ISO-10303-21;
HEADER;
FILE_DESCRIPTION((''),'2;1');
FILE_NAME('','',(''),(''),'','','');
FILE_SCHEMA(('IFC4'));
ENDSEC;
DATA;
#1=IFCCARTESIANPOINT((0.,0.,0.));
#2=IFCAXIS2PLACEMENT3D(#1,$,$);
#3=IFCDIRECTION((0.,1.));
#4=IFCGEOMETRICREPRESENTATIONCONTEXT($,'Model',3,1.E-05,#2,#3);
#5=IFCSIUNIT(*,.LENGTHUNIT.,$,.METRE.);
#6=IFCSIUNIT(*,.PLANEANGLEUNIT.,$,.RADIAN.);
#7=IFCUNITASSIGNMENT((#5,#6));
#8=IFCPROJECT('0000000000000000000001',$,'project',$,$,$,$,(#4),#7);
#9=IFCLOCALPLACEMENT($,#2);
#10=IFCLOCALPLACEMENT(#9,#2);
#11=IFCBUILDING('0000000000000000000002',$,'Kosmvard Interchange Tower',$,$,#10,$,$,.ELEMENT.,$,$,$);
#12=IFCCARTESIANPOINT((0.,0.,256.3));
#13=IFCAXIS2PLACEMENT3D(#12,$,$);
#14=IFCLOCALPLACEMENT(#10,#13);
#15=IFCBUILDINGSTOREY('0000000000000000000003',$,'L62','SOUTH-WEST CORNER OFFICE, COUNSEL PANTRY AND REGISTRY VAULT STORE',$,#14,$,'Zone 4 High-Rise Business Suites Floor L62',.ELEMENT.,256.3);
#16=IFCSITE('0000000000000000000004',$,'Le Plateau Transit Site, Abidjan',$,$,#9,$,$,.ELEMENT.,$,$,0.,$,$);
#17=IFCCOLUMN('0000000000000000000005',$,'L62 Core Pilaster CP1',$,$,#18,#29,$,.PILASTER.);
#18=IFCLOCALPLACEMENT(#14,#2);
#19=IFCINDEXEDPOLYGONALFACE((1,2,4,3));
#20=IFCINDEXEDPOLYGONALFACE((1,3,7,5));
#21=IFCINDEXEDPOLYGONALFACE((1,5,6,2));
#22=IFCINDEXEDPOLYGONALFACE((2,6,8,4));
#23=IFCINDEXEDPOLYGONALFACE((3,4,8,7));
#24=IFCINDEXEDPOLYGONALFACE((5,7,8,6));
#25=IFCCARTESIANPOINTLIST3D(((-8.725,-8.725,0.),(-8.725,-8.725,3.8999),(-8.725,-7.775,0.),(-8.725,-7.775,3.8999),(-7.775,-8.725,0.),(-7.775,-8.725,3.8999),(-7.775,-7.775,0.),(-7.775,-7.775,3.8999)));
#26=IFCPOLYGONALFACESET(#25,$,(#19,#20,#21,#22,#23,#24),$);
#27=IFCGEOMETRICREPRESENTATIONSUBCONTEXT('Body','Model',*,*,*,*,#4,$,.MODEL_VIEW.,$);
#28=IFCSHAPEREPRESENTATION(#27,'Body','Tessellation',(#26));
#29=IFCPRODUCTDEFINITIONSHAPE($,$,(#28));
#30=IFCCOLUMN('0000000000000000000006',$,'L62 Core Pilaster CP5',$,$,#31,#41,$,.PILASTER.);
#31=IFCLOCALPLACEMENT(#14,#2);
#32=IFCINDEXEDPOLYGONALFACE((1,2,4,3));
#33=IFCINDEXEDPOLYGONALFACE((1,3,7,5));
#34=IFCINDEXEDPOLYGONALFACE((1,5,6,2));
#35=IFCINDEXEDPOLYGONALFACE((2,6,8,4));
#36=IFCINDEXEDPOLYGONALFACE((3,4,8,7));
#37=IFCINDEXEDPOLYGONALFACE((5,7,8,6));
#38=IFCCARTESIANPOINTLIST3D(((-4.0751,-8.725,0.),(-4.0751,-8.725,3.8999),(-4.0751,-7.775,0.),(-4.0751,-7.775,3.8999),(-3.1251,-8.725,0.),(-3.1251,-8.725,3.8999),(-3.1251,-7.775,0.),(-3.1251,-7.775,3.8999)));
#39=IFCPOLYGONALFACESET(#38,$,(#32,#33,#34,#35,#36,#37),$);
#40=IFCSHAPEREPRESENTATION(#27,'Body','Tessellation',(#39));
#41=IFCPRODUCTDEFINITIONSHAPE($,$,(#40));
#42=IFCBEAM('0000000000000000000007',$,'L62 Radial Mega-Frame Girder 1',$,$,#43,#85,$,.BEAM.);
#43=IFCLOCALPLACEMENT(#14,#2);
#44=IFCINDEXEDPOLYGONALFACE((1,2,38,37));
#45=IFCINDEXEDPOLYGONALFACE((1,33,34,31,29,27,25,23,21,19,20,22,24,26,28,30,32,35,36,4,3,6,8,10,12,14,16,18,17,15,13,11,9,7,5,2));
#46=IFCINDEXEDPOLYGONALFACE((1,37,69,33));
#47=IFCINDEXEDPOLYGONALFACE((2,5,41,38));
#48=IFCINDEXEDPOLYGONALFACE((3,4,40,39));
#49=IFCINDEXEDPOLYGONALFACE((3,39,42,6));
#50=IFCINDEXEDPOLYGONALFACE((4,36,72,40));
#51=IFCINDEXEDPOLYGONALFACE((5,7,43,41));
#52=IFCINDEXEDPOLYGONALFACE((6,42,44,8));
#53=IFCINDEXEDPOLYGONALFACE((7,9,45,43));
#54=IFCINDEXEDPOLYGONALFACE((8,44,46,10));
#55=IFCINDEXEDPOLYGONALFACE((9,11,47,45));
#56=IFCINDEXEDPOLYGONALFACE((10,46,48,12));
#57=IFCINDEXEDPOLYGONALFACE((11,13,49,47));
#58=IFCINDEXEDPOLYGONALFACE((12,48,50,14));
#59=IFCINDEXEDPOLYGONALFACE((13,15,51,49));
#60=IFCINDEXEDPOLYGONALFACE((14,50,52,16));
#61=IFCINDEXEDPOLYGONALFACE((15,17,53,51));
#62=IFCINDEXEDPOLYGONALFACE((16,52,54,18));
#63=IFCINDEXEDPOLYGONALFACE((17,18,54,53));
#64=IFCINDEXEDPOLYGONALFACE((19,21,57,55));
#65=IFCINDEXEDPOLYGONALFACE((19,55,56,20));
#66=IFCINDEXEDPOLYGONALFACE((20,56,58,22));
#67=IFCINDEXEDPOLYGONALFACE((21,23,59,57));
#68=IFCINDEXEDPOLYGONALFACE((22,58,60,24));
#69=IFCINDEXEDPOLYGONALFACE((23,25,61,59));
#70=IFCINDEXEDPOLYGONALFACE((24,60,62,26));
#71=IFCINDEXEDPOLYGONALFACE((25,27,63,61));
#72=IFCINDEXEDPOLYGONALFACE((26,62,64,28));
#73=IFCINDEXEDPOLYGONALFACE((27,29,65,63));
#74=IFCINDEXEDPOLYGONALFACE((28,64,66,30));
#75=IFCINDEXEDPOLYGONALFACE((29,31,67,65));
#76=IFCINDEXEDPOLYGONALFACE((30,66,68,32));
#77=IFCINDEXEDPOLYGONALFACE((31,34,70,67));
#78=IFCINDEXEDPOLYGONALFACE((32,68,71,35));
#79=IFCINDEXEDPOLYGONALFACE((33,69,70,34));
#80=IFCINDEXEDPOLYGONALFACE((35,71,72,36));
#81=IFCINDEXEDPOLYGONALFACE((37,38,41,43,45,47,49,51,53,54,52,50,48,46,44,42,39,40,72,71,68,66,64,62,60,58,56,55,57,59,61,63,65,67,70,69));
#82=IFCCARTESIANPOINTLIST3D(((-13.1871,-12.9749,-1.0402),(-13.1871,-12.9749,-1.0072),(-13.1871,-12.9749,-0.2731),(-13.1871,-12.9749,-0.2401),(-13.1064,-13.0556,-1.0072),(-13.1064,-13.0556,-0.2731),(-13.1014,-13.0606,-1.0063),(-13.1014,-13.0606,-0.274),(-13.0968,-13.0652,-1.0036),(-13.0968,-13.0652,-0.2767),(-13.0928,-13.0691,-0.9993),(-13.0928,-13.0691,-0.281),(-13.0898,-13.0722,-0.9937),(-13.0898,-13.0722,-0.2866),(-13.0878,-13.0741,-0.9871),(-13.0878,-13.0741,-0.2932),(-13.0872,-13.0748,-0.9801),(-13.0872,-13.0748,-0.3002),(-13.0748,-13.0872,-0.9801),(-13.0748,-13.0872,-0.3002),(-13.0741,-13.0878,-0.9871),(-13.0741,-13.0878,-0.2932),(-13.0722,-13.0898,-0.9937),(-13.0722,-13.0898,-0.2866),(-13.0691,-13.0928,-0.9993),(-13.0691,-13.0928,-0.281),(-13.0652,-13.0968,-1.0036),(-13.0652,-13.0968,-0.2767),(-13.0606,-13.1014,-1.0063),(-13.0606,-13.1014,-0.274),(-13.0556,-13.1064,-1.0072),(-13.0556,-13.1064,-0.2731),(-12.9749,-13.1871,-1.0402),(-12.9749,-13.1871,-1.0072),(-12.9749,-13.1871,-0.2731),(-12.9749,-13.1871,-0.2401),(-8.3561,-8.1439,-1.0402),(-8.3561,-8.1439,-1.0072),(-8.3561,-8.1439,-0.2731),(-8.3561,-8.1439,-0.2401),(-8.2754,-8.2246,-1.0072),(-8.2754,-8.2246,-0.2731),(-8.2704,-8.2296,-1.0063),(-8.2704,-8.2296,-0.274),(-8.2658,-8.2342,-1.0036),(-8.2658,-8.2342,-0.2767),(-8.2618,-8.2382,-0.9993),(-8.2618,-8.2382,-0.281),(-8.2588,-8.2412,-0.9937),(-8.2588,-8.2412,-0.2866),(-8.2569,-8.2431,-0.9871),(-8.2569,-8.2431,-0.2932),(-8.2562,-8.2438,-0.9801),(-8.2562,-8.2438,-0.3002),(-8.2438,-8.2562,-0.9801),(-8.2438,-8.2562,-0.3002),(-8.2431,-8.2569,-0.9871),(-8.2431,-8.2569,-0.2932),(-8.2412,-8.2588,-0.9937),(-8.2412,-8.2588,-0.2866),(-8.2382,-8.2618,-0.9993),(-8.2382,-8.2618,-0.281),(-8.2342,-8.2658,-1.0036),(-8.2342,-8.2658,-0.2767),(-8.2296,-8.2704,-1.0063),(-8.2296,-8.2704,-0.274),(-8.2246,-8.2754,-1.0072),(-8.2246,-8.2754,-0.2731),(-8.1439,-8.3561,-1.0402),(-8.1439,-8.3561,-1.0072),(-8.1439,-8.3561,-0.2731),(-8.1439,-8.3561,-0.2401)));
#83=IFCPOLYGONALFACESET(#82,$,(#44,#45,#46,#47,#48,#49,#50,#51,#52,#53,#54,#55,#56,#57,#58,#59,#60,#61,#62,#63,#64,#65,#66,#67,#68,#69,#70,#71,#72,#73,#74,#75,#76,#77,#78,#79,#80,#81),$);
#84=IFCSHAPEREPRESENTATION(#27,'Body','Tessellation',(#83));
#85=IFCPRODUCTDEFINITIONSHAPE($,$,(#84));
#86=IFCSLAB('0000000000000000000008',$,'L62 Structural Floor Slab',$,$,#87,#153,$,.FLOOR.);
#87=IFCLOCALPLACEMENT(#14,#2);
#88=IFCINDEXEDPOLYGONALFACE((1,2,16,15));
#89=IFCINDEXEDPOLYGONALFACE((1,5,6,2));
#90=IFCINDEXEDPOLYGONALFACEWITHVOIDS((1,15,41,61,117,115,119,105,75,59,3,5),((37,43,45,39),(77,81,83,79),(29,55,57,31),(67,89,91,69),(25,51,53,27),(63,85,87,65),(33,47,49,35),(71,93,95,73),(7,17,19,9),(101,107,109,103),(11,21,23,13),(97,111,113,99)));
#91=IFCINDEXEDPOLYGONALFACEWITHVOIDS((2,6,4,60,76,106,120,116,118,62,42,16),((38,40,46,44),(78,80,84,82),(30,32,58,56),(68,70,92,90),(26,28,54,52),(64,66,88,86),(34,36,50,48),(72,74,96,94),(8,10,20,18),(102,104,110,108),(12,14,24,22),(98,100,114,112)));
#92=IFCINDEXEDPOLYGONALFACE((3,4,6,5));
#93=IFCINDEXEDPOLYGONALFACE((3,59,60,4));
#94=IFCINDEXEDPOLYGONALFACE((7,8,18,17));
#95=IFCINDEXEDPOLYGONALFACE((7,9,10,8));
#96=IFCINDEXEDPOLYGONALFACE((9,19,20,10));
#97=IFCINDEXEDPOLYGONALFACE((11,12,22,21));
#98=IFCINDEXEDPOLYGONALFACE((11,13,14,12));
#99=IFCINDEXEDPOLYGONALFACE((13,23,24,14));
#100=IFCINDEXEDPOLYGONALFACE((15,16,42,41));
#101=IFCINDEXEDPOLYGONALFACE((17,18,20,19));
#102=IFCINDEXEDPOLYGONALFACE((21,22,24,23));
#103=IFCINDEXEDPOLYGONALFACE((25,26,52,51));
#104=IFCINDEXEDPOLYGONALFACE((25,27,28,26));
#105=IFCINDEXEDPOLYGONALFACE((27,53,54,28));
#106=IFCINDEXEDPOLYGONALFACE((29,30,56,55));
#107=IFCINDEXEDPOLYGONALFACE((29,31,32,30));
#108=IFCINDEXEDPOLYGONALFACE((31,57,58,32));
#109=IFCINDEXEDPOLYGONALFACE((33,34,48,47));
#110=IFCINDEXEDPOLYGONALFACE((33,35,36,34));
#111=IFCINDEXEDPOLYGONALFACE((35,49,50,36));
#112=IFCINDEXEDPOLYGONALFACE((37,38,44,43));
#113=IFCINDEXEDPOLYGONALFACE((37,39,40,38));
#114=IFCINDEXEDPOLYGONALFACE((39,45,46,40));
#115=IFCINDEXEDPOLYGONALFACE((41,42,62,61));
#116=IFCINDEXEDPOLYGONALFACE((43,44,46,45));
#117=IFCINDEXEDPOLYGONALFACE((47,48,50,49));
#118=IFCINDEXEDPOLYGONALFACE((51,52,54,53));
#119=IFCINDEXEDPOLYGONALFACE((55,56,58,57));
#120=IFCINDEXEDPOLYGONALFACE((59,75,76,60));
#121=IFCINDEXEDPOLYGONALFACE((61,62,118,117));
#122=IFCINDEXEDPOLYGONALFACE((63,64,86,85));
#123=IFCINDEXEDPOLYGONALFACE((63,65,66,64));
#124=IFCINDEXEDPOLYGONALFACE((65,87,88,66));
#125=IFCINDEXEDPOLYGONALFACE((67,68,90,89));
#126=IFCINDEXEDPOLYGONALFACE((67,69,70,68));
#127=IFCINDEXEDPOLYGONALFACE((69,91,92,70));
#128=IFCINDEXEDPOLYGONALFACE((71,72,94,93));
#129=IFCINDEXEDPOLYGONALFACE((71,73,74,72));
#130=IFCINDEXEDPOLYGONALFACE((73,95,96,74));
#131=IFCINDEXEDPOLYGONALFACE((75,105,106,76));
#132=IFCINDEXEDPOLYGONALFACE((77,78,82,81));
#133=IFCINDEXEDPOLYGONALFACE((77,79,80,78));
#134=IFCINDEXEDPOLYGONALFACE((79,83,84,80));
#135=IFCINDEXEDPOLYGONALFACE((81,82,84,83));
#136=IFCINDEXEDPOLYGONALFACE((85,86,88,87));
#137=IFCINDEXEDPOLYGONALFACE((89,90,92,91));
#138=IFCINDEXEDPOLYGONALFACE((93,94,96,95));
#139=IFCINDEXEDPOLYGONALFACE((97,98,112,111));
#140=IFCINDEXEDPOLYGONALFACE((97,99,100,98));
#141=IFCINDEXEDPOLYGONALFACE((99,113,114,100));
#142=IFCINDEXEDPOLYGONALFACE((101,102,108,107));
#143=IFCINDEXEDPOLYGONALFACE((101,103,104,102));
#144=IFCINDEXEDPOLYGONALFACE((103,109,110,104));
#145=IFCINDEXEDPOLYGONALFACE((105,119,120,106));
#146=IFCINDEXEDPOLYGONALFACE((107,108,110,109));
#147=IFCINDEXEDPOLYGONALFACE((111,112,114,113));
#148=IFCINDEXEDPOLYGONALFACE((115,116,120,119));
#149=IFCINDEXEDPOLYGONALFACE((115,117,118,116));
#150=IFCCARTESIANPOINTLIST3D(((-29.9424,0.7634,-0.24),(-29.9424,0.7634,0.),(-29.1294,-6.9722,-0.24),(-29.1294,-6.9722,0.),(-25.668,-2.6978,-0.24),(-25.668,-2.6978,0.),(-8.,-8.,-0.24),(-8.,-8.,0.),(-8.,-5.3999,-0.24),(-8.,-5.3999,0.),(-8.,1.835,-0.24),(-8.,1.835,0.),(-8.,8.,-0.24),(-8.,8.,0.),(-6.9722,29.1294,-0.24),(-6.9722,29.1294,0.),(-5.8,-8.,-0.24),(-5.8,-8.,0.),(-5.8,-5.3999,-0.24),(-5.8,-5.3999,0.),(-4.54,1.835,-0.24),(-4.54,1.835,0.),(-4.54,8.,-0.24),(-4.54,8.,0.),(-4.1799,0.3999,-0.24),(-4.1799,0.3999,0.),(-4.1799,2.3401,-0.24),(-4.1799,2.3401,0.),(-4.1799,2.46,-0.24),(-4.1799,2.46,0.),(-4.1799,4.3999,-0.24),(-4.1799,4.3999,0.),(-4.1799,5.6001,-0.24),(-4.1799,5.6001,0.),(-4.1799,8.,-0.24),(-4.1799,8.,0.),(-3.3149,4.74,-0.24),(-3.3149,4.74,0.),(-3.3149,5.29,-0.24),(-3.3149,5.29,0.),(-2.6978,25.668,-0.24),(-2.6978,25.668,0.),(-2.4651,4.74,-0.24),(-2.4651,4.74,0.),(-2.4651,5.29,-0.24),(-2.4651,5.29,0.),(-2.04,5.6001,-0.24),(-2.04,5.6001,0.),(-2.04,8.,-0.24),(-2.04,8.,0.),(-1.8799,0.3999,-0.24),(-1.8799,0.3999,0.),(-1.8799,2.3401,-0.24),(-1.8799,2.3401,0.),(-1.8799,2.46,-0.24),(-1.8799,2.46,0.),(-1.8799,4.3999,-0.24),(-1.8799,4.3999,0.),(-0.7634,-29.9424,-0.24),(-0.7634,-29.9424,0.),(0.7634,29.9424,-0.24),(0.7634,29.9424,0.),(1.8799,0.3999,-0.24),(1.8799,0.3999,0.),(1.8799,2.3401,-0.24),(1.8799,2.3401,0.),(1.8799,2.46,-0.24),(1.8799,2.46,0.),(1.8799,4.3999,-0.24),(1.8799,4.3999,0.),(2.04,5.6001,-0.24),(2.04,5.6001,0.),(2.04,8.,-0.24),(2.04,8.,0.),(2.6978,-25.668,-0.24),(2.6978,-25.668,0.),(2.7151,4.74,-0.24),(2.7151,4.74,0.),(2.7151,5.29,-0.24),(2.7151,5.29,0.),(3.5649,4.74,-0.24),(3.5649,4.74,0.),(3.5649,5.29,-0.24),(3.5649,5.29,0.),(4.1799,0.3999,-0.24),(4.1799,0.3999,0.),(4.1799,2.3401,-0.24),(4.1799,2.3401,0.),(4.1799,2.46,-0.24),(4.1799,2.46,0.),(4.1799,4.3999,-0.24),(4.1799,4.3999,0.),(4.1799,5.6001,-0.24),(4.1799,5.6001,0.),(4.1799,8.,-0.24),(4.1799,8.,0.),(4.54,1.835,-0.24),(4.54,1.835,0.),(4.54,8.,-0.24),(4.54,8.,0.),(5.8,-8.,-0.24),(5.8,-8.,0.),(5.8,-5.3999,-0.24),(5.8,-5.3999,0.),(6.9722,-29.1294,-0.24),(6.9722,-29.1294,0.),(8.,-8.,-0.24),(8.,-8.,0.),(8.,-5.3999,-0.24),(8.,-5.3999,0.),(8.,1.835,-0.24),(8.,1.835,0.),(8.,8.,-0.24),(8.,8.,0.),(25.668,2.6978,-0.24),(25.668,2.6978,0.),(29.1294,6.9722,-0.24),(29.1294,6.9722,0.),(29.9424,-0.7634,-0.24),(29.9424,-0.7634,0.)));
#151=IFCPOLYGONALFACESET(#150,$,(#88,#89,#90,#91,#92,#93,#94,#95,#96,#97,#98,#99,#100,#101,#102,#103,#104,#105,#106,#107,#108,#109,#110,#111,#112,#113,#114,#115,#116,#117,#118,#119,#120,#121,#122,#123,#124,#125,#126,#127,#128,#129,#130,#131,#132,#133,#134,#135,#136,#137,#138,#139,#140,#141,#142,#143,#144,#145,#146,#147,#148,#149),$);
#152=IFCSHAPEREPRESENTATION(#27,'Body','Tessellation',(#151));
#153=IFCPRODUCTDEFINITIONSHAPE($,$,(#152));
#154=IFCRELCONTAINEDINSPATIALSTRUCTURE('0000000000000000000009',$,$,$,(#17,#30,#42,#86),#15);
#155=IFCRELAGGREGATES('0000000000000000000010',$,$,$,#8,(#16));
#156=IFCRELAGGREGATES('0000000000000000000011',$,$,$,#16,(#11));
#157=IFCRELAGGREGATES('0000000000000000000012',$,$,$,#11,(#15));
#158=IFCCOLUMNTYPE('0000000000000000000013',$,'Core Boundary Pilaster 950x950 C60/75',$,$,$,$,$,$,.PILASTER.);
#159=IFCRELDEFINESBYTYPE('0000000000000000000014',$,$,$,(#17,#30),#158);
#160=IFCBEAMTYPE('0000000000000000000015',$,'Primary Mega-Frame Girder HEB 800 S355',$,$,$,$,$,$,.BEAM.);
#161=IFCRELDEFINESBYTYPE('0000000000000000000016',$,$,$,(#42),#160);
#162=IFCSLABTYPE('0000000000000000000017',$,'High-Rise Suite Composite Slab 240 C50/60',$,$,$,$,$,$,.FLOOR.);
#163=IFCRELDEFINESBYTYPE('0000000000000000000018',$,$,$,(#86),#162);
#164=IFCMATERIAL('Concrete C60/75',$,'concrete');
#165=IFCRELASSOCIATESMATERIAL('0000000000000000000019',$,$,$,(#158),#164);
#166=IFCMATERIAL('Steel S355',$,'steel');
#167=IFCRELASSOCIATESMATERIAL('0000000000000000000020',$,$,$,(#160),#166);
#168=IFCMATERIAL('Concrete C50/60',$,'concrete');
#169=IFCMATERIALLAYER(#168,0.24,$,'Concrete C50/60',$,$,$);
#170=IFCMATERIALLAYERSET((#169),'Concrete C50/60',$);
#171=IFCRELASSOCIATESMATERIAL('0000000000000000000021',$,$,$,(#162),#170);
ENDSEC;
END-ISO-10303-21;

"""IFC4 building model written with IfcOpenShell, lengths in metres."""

from ifc_helpers import new_model, si_unit, direction, frame, origin, origin_2d, place, context, subcontext, project, spatial, polyline, rectangle, i_section, outline, extrude, source, transform, mapped, material, layer, layer_set, material_profile, profile_set, type_object, element, save


model = new_model("IFC4")

# Units and contexts
model_context = context("Model", 3, precision=1e-05, world=origin(), true_north=direction((0.0, 1.0)))
body_context = subcontext(model_context, "Body", "Model", "MODEL_VIEW")
ifc_project = project(units=[si_unit("LENGTHUNIT", "METRE"), si_unit("PLANEANGLEUNIT", "RADIAN")], contexts=[model_context])

# Site, building, storey
site_placement = place(None, origin())
site = spatial("IfcSite", under=ifc_project, at=site_placement, Name="Le Plateau Transit Site, Abidjan", CompositionType="ELEMENT", RefElevation=0.0)
building_placement = place(site_placement, origin())
building = spatial("IfcBuilding", under=site, at=building_placement, Name="Kosmvard Interchange Tower", CompositionType="ELEMENT")
storey_placement = place(building_placement, frame((0.0, 0.0, 256.3)))
storey = spatial("IfcBuildingStorey", under=building, at=storey_placement, Name="L62", Description="SOUTH-WEST CORNER OFFICE, COUNSEL PANTRY AND REGISTRY VAULT STORE", LongName="Zone 4 High-Rise Business Suites Floor L62", CompositionType="ELEMENT", Elevation=256.3)

# Columns
ifc_material_1 = material(Name="Concrete C60/75", Category="concrete")
ifc_material_profile_1 = material_profile(ifc_material_1, rectangle(XDim=0.95, YDim=0.95, at=origin_2d()), Name="CP 950x950")
ifc_profile_set_1 = profile_set([ifc_material_profile_1], Name="Concrete C60/75")
column_type = type_object("IfcColumnType", Name="Core Boundary Pilaster 950x950 C60/75", PredefinedType="PILASTER", material=ifc_profile_set_1)
shared_shape_1 = source(origin(), body_context, "Body", "SweptSolid", [
    extrude(rectangle(XDim=0.95, YDim=0.95, at=origin_2d()), origin(), (0.0, 0.0, 1.0), 3.8999),
])
for number, where, z_axis, x_axis, name in (
    (1, (-8.25, -8.25, 0.0), (0.0, 0.0, 1.0), (1.0, 0.0, 0.0), "L62 Core Pilaster CP1"),
    (2, (-3.6001, -8.25, 0.0), (0.0, 0.0, 1.0), (1.0, 0.0, 0.0), "L62 Core Pilaster CP5"),
):
    element("IfcColumn", number, at=place(storey_placement, frame(where, z_axis=z_axis, x_axis=x_axis)), inside=storey, type_object=column_type, Name=name, PredefinedType="PILASTER", context=body_context, shape_type="MappedRepresentation", body=[
        mapped(shared_shape_1, transform((0.0, 0.0, 0.0), scale=1.0)),
    ])

# Beam
ifc_material_2 = material(Name="Steel S355", Category="steel")
ifc_material_profile_2 = material_profile(ifc_material_2, i_section(OverallWidth=0.3, OverallDepth=0.8, WebThickness=0.0176, FlangeThickness=0.033, FilletRadius=0.0271, at=origin_2d()), Name="HEB 800")
ifc_profile_set_2 = profile_set([ifc_material_profile_2], Name="Steel S355")
beam_type = type_object("IfcBeamType", Name="Primary Mega-Frame Girder HEB 800 S355", PredefinedType="BEAM", material=ifc_profile_set_2)
shared_shape_2 = source(origin(), body_context, "Body", "SweptSolid", [
    extrude(i_section(OverallWidth=0.3, OverallDepth=0.8, WebThickness=0.0176, FlangeThickness=0.033, FilletRadius=0.0271, at=origin_2d()), origin(), (0.0, 0.0, 1.0), 6.832),
])
beam_placement = place(storey_placement, frame((-8.25, -8.25, -0.6401), z_axis=(-0.707107, -0.707107, 0.0), x_axis=(0.707107, -0.707107, 0.0)))
element("IfcBeam", 3, at=beam_placement, inside=storey, type_object=beam_type, Name="L62 Radial Mega-Frame Girder 1", PredefinedType="BEAM", context=body_context, shape_type="MappedRepresentation", body=[
    mapped(shared_shape_2, transform((0.0, 0.0, 0.0), scale=1.0)),
])

# Slab
ifc_material_3 = material(Name="Concrete C50/60", Category="concrete")
ifc_layer_1 = layer(ifc_material_3, 0.24, Name="Concrete C50/60")
ifc_layer_set_1 = layer_set([ifc_layer_1], Name="Concrete C50/60")
slab_type = type_object("IfcSlabType", Name="High-Rise Suite Composite Slab 240 C50/60", PredefinedType="FLOOR", material=ifc_layer_set_1)
slab_placement = place(storey_placement, frame((0.0, 0.0, -0.24)))
element("IfcSlab", 4, at=slab_placement, inside=storey, type_object=slab_type, Name="L62 Structural Floor Slab", PredefinedType="FLOOR", context=body_context, shape_type="SweptSolid", body=[
    extrude(outline(polyline([(6.9722, -29.1294), (29.9424, -0.7634), (25.668, 2.6978), (29.1294, 6.9722), (0.7634, 29.9424), (-2.6978, 25.668), (-6.9722, 29.1294), (-29.9424, 0.7634), (-25.668, -2.6978), (-29.1294, -6.9722), (-0.7634, -29.9424), (2.6978, -25.668), (6.9722, -29.1294)]), holes=[polyline([(-8.0, 1.835), (-4.54, 1.835), (-4.54, 8.0), (-8.0, 8.0), (-8.0, 1.835)]), polyline([(4.54, 1.835), (8.0, 1.835), (8.0, 8.0), (4.54, 8.0), (4.54, 1.835)]), polyline([(-8.0, -8.0), (-5.8, -8.0), (-5.8, -5.3999), (-8.0, -5.3999), (-8.0, -8.0)]), polyline([(5.8, -8.0), (8.0, -8.0), (8.0, -5.3999), (5.8, -5.3999), (5.8, -8.0)]), polyline([(-4.1799, 0.3999), (-1.8799, 0.3999), (-1.8799, 2.3401), (-4.1799, 2.3401), (-4.1799, 0.3999)]), polyline([(-4.1799, 2.46), (-1.8799, 2.46), (-1.8799, 4.3999), (-4.1799, 4.3999), (-4.1799, 2.46)]), polyline([(1.8799, 0.3999), (4.1799, 0.3999), (4.1799, 2.3401), (1.8799, 2.3401), (1.8799, 0.3999)]), polyline([(1.8799, 2.46), (4.1799, 2.46), (4.1799, 4.3999), (1.8799, 4.3999), (1.8799, 2.46)]), polyline([(-4.1799, 5.6001), (-2.04, 5.6001), (-2.04, 8.0), (-4.1799, 8.0), (-4.1799, 5.6001)]), polyline([(2.04, 5.6001), (4.1799, 5.6001), (4.1799, 8.0), (2.04, 8.0), (2.04, 5.6001)]), polyline([(-3.3149, 4.74), (-2.4651, 4.74), (-2.4651, 5.29), (-3.3149, 5.29), (-3.3149, 4.74)]), polyline([(2.7151, 4.74), (3.5649, 4.74), (3.5649, 5.29), (2.7151, 5.29), (2.7151, 4.74)])]), origin(), (0.0, 0.0, 1.0), 0.24),
])

save(model, "model.ifc")
